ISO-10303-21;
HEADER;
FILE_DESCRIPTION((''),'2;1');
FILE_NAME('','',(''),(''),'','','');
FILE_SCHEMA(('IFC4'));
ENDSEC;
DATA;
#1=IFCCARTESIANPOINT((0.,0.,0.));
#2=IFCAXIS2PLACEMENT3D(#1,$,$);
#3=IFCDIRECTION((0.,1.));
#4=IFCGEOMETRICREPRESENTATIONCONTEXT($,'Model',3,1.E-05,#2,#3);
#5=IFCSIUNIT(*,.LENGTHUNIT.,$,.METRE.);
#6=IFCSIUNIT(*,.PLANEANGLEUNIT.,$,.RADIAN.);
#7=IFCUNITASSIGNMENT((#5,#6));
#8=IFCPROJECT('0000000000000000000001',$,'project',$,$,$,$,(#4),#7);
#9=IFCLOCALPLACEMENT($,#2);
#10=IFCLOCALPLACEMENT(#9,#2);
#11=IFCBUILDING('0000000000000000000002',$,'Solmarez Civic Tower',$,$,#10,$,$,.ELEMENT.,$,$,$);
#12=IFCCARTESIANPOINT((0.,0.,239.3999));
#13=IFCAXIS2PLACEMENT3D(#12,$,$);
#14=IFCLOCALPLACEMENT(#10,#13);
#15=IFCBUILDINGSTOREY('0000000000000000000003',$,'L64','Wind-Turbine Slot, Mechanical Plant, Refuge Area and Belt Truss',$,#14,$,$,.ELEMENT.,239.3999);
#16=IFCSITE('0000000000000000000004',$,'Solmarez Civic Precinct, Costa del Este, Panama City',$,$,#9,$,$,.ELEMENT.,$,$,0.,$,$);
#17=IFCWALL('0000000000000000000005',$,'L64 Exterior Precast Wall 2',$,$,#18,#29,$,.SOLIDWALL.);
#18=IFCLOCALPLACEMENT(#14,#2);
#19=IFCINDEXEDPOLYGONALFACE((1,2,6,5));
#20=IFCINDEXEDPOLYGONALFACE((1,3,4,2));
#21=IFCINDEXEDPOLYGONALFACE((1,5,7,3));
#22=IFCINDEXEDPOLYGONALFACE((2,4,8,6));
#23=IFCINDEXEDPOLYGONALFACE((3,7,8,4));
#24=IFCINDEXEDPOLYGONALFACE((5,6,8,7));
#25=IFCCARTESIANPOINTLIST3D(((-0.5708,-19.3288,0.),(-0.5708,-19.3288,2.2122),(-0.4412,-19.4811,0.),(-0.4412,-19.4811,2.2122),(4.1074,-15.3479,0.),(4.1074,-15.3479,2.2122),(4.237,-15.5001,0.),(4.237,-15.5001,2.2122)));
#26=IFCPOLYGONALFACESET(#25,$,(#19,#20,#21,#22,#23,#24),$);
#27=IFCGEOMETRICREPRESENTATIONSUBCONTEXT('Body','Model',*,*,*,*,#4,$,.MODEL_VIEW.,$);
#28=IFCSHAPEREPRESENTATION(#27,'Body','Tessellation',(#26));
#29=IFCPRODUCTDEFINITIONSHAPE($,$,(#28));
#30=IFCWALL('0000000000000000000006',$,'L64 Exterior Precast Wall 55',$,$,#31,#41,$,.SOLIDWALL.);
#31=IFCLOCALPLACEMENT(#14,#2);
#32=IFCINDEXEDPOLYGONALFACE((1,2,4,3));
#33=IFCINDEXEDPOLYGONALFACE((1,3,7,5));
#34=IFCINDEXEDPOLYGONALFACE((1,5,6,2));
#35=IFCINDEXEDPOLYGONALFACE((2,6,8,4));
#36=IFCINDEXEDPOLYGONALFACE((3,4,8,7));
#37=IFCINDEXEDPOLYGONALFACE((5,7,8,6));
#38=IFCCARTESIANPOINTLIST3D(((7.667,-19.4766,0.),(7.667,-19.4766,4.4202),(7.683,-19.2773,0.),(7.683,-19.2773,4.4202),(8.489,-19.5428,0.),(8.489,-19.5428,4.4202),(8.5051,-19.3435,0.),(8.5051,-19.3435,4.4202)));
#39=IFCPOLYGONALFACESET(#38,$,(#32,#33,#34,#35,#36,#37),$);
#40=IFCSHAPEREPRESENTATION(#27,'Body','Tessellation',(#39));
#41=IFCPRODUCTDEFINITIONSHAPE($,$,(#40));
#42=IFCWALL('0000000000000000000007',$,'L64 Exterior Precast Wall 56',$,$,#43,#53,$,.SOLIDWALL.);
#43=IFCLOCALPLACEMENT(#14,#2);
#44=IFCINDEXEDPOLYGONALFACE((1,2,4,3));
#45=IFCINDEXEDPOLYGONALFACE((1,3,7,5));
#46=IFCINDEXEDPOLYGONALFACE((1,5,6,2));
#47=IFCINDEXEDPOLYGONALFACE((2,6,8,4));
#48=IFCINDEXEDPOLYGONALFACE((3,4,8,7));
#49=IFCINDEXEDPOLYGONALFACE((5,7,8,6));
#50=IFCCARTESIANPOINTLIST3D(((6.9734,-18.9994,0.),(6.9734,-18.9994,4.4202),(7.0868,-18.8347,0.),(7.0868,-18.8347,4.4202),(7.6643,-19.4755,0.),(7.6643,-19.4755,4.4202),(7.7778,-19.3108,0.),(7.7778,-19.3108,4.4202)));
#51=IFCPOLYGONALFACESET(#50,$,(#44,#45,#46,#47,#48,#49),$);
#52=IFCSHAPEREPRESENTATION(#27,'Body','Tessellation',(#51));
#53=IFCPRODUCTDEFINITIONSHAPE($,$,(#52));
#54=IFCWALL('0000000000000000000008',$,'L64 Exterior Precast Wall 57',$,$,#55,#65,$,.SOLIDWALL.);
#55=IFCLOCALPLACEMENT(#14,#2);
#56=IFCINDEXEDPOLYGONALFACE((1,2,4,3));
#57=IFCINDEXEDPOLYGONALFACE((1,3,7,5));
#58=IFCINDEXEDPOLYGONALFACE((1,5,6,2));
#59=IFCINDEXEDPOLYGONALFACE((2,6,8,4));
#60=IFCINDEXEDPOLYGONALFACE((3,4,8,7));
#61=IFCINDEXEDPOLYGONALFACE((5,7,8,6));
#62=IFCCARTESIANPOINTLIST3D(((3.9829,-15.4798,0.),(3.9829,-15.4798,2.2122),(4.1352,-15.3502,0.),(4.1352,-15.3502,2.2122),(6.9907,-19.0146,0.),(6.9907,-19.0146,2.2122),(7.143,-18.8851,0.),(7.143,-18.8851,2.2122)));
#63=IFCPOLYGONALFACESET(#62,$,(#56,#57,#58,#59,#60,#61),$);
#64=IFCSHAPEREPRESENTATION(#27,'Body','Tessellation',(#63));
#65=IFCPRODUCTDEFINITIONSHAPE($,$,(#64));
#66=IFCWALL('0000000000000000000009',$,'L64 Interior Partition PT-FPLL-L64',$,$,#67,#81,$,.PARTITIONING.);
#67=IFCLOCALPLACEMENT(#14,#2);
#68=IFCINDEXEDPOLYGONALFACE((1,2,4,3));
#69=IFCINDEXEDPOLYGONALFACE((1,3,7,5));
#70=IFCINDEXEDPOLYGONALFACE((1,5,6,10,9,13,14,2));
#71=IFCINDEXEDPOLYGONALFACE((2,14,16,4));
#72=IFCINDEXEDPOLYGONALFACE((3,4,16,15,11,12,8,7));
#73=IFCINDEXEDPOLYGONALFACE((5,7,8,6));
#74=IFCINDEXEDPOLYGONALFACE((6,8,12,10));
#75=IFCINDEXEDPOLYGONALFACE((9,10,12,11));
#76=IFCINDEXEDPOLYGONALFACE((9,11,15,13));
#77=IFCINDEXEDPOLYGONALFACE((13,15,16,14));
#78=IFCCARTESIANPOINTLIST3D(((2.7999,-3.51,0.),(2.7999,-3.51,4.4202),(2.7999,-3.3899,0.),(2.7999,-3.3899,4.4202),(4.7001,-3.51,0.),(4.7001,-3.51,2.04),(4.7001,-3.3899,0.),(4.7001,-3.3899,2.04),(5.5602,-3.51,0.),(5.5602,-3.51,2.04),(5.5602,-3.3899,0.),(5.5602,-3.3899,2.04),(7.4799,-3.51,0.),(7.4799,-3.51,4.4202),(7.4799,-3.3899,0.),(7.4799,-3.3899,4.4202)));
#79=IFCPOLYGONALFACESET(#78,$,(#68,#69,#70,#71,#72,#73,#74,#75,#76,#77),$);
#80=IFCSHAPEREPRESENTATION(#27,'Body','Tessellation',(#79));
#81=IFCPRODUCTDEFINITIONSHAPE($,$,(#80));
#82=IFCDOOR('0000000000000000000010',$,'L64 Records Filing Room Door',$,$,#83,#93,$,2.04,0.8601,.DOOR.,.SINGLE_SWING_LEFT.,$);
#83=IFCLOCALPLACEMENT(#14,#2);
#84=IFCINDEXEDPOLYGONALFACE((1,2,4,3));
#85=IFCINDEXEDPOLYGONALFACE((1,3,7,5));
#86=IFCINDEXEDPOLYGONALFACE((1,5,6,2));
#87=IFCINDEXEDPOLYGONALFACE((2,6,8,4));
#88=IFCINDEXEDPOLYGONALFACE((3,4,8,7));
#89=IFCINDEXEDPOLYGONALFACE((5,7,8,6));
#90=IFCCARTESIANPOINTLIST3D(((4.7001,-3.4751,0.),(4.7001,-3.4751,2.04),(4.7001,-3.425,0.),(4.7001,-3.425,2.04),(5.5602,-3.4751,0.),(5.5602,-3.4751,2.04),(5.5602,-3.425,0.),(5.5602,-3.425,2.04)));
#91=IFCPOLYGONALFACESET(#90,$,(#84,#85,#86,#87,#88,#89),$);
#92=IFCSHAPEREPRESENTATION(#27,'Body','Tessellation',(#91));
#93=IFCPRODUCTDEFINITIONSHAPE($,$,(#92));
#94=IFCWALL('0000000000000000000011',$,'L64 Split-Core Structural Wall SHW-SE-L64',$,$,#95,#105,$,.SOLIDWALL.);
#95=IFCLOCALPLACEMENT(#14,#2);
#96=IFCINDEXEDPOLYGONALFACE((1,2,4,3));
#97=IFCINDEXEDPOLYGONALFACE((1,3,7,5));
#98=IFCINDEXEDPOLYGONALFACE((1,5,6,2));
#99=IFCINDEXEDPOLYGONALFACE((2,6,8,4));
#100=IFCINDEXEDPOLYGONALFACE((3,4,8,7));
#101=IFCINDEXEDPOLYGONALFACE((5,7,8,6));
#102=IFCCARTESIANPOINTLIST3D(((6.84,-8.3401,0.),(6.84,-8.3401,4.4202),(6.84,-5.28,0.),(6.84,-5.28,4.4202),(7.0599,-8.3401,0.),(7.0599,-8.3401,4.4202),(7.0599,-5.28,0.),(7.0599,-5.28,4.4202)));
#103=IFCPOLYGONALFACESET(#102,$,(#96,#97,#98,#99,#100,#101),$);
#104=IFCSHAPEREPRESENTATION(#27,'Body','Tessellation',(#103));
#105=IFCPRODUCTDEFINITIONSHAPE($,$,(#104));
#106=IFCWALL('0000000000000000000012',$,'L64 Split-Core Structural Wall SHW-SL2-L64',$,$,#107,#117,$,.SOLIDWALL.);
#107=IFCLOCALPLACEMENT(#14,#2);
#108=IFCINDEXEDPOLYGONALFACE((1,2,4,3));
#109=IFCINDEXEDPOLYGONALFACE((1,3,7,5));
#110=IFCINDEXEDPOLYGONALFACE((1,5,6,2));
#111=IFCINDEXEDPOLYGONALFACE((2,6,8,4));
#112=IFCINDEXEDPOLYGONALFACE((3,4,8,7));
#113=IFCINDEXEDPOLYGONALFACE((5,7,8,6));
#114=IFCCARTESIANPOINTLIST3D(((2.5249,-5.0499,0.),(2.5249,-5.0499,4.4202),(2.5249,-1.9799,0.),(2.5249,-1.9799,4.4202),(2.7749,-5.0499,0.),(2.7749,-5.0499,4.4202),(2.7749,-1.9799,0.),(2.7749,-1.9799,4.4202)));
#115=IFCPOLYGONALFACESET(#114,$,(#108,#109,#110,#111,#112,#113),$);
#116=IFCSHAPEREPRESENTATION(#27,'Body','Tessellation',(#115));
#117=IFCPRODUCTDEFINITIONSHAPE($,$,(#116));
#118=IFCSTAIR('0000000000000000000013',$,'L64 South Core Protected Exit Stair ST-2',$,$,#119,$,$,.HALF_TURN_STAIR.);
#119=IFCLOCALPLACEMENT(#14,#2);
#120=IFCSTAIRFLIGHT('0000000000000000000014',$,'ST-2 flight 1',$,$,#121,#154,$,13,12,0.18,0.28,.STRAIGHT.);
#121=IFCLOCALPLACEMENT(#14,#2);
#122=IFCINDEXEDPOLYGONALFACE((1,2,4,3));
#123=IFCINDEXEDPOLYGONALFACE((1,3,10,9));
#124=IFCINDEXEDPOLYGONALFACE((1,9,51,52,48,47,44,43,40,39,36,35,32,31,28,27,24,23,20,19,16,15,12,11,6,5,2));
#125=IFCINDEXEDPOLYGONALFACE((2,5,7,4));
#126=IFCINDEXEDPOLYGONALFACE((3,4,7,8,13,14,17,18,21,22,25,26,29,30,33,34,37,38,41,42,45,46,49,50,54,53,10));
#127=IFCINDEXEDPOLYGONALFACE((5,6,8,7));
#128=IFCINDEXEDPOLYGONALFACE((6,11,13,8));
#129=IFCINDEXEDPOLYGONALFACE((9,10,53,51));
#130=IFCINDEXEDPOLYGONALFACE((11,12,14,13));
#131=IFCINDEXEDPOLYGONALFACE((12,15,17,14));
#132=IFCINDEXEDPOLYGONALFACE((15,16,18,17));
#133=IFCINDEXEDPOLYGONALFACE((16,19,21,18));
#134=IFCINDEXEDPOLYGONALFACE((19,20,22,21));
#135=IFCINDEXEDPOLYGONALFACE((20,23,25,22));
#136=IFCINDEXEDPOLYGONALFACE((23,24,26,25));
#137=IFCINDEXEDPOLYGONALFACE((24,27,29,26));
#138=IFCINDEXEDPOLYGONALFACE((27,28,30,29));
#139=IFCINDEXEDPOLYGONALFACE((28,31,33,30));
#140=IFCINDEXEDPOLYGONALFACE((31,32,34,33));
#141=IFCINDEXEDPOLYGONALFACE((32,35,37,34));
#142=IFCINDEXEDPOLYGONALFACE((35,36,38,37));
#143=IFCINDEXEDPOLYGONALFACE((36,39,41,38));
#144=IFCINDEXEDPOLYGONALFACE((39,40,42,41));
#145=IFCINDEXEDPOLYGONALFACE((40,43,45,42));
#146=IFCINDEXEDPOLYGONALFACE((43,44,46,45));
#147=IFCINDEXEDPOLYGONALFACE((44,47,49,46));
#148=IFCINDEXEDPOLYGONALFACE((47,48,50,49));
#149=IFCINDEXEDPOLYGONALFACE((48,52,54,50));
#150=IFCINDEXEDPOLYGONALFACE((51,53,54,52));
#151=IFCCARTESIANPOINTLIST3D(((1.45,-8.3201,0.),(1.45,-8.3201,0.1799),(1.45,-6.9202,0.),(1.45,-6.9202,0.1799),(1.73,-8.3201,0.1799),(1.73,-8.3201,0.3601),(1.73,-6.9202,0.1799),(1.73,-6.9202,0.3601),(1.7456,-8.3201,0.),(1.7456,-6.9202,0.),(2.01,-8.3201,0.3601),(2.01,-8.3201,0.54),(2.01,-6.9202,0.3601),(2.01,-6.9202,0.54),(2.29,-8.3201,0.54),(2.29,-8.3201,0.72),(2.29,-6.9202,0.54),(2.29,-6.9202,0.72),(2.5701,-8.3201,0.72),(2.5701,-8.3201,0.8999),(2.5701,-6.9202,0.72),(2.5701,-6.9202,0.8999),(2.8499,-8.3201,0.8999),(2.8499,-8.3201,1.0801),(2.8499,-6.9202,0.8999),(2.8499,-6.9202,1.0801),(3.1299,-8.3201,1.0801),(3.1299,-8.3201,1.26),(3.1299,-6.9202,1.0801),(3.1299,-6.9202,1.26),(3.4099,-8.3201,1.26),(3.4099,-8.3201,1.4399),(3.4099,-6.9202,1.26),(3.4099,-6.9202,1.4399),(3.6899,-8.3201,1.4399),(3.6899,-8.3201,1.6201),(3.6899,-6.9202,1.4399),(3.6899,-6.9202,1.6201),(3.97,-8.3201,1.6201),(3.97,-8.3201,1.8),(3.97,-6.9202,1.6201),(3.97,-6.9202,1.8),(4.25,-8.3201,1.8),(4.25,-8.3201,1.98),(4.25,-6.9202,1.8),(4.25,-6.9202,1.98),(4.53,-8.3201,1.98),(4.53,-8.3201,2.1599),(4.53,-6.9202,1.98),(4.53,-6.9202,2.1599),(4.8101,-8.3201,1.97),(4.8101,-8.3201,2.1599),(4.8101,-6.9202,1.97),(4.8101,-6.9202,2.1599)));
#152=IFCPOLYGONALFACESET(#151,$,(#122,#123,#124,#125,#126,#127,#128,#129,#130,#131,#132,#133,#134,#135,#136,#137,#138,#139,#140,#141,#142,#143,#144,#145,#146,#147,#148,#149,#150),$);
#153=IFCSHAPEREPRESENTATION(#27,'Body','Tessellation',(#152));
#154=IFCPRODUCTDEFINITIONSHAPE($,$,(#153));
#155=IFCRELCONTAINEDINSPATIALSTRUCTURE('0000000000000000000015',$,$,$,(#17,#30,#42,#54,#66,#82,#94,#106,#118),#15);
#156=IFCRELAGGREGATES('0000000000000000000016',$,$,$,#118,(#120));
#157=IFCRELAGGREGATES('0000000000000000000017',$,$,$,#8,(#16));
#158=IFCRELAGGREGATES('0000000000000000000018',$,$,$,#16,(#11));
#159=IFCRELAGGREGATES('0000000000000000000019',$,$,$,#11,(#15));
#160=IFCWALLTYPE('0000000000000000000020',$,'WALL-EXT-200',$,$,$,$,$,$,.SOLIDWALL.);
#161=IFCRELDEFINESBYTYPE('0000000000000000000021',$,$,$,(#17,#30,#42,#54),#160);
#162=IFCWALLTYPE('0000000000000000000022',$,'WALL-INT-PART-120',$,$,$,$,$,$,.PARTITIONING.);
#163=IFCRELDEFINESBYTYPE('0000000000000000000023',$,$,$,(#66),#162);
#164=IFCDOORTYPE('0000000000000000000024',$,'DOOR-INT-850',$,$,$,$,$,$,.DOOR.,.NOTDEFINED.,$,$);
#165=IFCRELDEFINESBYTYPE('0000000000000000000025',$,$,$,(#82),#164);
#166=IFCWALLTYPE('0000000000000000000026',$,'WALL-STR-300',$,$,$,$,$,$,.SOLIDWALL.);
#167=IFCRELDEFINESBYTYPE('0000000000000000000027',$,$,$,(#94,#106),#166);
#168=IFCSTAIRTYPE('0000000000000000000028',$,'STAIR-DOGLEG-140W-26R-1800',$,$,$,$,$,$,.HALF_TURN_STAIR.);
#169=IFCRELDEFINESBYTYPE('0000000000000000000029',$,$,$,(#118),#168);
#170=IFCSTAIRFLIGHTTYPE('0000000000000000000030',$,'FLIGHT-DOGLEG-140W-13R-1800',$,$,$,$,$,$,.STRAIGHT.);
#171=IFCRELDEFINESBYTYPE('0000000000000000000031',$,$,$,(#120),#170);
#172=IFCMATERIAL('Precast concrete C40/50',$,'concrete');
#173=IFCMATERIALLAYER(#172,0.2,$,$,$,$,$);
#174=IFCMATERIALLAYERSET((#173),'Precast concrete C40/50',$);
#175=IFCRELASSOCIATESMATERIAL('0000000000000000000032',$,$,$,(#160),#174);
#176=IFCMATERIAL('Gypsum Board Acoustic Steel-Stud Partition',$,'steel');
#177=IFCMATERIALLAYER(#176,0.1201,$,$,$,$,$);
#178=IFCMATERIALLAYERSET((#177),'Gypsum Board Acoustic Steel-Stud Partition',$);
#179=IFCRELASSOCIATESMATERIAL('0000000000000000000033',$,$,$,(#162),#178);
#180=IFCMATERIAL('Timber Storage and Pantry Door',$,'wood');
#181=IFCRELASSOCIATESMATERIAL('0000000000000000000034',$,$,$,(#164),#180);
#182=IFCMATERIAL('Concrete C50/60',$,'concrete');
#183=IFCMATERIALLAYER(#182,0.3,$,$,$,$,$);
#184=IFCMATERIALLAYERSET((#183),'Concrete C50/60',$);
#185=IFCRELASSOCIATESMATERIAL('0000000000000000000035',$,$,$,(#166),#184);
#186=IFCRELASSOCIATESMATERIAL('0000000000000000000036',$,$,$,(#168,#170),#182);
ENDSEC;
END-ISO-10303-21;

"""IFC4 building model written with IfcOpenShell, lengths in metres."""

from ifc_helpers import new_model, si_unit, direction, frame, frame_2d, origin, place, context, subcontext, project, spatial, polyline, rectangle, outline, extrude, material, layer, layer_set, type_object, element, fill, aggregate, save


model = new_model("IFC4")

# Units and contexts
model_context = context("Model", 3, precision=1e-05, world=origin(), true_north=direction((0.0, 1.0)))
body_context = subcontext(model_context, "Body", "Model", "MODEL_VIEW")
ifc_project = project(units=[si_unit("LENGTHUNIT", "METRE"), si_unit("PLANEANGLEUNIT", "RADIAN")], contexts=[model_context])

# Site, building, storey
site_placement = place(None, origin())
site = spatial("IfcSite", under=ifc_project, at=site_placement, Name="Solmarez Civic Precinct, Costa del Este, Panama City", CompositionType="ELEMENT", RefElevation=0.0)
building_placement = place(site_placement, origin())
building = spatial("IfcBuilding", under=site, at=building_placement, Name="Solmarez Civic Tower", CompositionType="ELEMENT")
storey_placement = place(building_placement, frame((0.0, 0.0, 239.3999)))
storey = spatial("IfcBuildingStorey", under=building, at=storey_placement, Name="L64", Description="Wind-Turbine Slot, Mechanical Plant, Refuge Area and Belt Truss", CompositionType="ELEMENT", Elevation=239.3999)

# Shared definitions
ifc_material_1 = material(Name="Concrete C50/60", Category="concrete")

# Walls
ifc_material_2 = material(Name="Precast concrete C40/50", Category="concrete")
ifc_layer_1 = layer(ifc_material_2, 0.2)
ifc_layer_set_1 = layer_set([ifc_layer_1], Name="Precast concrete C40/50")
wall_type_1 = type_object("IfcWallType", Name="WALL-EXT-200", PredefinedType="SOLIDWALL", material=ifc_layer_set_1)
wall_1_placement = place(storey_placement, frame((4.1721, -15.4241, 0.0), z_axis=(0.0, 0.0, 1.0), x_axis=(-0.76158, -0.648071, 0.0)))
element("IfcWall", 1, at=wall_1_placement, inside=storey, type_object=wall_type_1, Name="L64 Exterior Precast Wall 2", PredefinedType="SOLIDWALL", context=body_context, shape_type="SweptSolid", body=[
    extrude(rectangle(XDim=6.1428, YDim=0.2, at=frame_2d((3.0713, 0.0))), origin(), (0.0, 0.0, 1.0), 2.2122),
])
wall_2_placement = place(storey_placement, frame((8.4971, -19.4431, 0.0), z_axis=(0.0, 0.0, 1.0), x_axis=(-0.996777, 0.080228, 0.0)))
element("IfcWall", 2, at=wall_2_placement, inside=storey, type_object=wall_type_1, Name="L64 Exterior Precast Wall 55", PredefinedType="SOLIDWALL", context=body_context, shape_type="SweptSolid", body=[
    extrude(rectangle(XDim=0.8247, YDim=0.2, at=frame_2d((0.4124, 0.0))), origin(), (0.0, 0.0, 1.0), 4.4202),
])
wall_3_placement = place(storey_placement, frame((7.7209, -19.3931, 0.0), z_axis=(0.0, 0.0, 1.0), x_axis=(-0.823447, 0.567393, 0.0)))
element("IfcWall", 3, at=wall_3_placement, inside=storey, type_object=wall_type_1, Name="L64 Exterior Precast Wall 56", PredefinedType="SOLIDWALL", context=body_context, shape_type="SweptSolid", body=[
    extrude(rectangle(XDim=0.8391, YDim=0.2, at=frame_2d((0.4194, 0.0))), origin(), (0.0, 0.0, 1.0), 4.4202),
])
wall_4_placement = place(storey_placement, frame((7.0669, -18.95, 0.0), z_axis=(0.0, 0.0, 1.0), x_axis=(-0.648041, 0.761606, 0.0)))
element("IfcWall", 4, at=wall_4_placement, inside=storey, type_object=wall_type_1, Name="L64 Exterior Precast Wall 57", PredefinedType="SOLIDWALL", context=body_context, shape_type="SweptSolid", body=[
    extrude(rectangle(XDim=4.6414, YDim=0.2, at=frame_2d((2.3208, 0.0))), origin(), (0.0, 0.0, 1.0), 2.2122),
])

# Wall, opening, door
ifc_material_3 = material(Name="Gypsum Board Acoustic Steel-Stud Partition", Category="steel")
ifc_layer_2 = layer(ifc_material_3, 0.1201)
ifc_layer_set_2 = layer_set([ifc_layer_2], Name="Gypsum Board Acoustic Steel-Stud Partition")
wall_type_2 = type_object("IfcWallType", Name="WALL-INT-PART-120", PredefinedType="PARTITIONING", material=ifc_layer_set_2)
wall_5_placement = place(storey_placement, frame((2.8, -3.45, 0.0), z_axis=(0.0, 0.0, 1.0), x_axis=(1.0, 0.0, 0.0)))
wall_5 = element("IfcWall", 5, at=wall_5_placement, inside=storey, type_object=wall_type_2, Name="L64 Interior Partition PT-FPLL-L64", PredefinedType="PARTITIONING", context=body_context, shape_type="SweptSolid", body=[
    extrude(rectangle(XDim=4.6799, YDim=0.1201, at=frame_2d((2.3398, 0.0))), origin(), (0.0, 0.0, 1.0), 4.4202),
])
opening_placement = place(wall_5_placement, frame((1.8999, 0.0, 0.0)))
opening = element("IfcOpeningElement", 6, at=opening_placement, cuts=wall_5, PredefinedType="OPENING", context=body_context, shape_type="SweptSolid", body=[
    extrude(rectangle(XDim=0.8601, YDim=2.04, at=frame_2d((0.4302, 1.02))), frame((0.0, 0.0701, 0.0), z_axis=(0.0, -1.0, 0.0), x_axis=(1.0, 0.0, 0.0)), (0.0, 0.0, 1.0), 0.1401),
])
ifc_material_4 = material(Name="Timber Storage and Pantry Door", Category="wood")
door_type = type_object("IfcDoorType", Name="DOOR-INT-850", OperationType="NOTDEFINED", PredefinedType="DOOR", material=ifc_material_4)
door_placement = place(opening_placement, origin())
door = element("IfcDoor", 7, at=door_placement, inside=storey, type_object=door_type, Name="L64 Records Filing Room Door", OperationType="SINGLE_SWING_LEFT", OverallHeight=2.04, OverallWidth=0.8601, PredefinedType="DOOR", context=body_context, shape_type="SweptSolid", body=[
    extrude(rectangle(XDim=0.8601, YDim=2.04, at=frame_2d((0.4302, 1.02))), frame((0.0, 0.0249, 0.0), z_axis=(0.0, -1.0, 0.0), x_axis=(1.0, 0.0, 0.0)), (0.0, 0.0, 1.0), 0.05),
])
fill(opening, door)

# Walls
ifc_layer_3 = layer(ifc_material_1, 0.3)
ifc_layer_set_3 = layer_set([ifc_layer_3], Name="Concrete C50/60")
wall_type_3 = type_object("IfcWallType", Name="WALL-STR-300", PredefinedType="SOLIDWALL", material=ifc_layer_set_3)
wall_6_placement = place(storey_placement, frame((6.95, -8.3401, 0.0), z_axis=(0.0, 0.0, 1.0), x_axis=(0.0, 1.0, 0.0)))
element("IfcWall", 8, at=wall_6_placement, inside=storey, type_object=wall_type_3, Name="L64 Split-Core Structural Wall SHW-SE-L64", PredefinedType="SOLIDWALL", context=body_context, shape_type="SweptSolid", body=[
    extrude(rectangle(XDim=3.0601, YDim=0.22, at=frame_2d((1.53, 0.0))), origin(), (0.0, 0.0, 1.0), 4.4202),
])
wall_7_placement = place(storey_placement, frame((2.6499, -5.05, 0.0), z_axis=(0.0, 0.0, 1.0), x_axis=(0.0, 1.0, 0.0)))
element("IfcWall", 9, at=wall_7_placement, inside=storey, type_object=wall_type_3, Name="L64 Split-Core Structural Wall SHW-SL2-L64", PredefinedType="SOLIDWALL", context=body_context, shape_type="SweptSolid", body=[
    extrude(rectangle(XDim=3.0701, YDim=0.25, at=frame_2d((1.5352, 0.0))), origin(), (0.0, 0.0, 1.0), 4.4202),
])

# Stair, stair flight
stair_type = type_object("IfcStairType", Name="STAIR-DOGLEG-140W-26R-1800", PredefinedType="HALF_TURN_STAIR", material=ifc_material_1)
stair_placement = place(storey_placement, origin())
stair = element("IfcStair", 10, at=stair_placement, inside=storey, type_object=stair_type, Name="L64 South Core Protected Exit Stair ST-2", PredefinedType="HALF_TURN_STAIR")
stair_flight_type = type_object("IfcStairFlightType", Name="FLIGHT-DOGLEG-140W-13R-1800", PredefinedType="STRAIGHT", material=ifc_material_1)
stair_flight_1_placement = place(storey_placement, frame((1.45, -7.6201, 0.0), z_axis=(0.0, 0.0, 1.0), x_axis=(1.0, 0.0, 0.0)))
stair_flight_1 = element("IfcStairFlight", 11, at=stair_flight_1_placement, type_object=stair_flight_type, Name="ST-2 flight 1", NumberOfRisers=13, NumberOfTreads=12, PredefinedType="STRAIGHT", RiserHeight=0.18, TreadLength=0.28, context=body_context, shape_type="SweptSolid", body=[
    extrude(outline(polyline([(0.0, 0.0), (0.0, 0.1799), (0.28, 0.1799), (0.28, 0.3601), (0.5601, 0.3601), (0.5601, 0.54), (0.8401, 0.54), (0.8401, 0.72), (1.1201, 0.72), (1.1201, 0.8999), (1.3999, 0.8999), (1.3999, 1.0801), (1.6799, 1.0801), (1.6799, 1.26), (1.96, 1.26), (1.96, 1.4399), (2.24, 1.4399), (2.24, 1.6201), (2.52, 1.6201), (2.52, 1.8), (2.8, 1.8), (2.8, 1.98), (3.0801, 1.98), (3.0801, 2.1599), (3.3601, 2.1599), (3.3601, 2.3401), (3.3601, 1.97), (0.2957, 0.0), (0.0, 0.0)])), frame((0.0, 0.7, 0.0), z_axis=(0.0, -1.0, 0.0), x_axis=(1.0, 0.0, 0.0)), (0.0, 0.0, 1.0), 1.3999),
])
aggregate(stair, [stair_flight_1])

save(model, "model.ifc")
